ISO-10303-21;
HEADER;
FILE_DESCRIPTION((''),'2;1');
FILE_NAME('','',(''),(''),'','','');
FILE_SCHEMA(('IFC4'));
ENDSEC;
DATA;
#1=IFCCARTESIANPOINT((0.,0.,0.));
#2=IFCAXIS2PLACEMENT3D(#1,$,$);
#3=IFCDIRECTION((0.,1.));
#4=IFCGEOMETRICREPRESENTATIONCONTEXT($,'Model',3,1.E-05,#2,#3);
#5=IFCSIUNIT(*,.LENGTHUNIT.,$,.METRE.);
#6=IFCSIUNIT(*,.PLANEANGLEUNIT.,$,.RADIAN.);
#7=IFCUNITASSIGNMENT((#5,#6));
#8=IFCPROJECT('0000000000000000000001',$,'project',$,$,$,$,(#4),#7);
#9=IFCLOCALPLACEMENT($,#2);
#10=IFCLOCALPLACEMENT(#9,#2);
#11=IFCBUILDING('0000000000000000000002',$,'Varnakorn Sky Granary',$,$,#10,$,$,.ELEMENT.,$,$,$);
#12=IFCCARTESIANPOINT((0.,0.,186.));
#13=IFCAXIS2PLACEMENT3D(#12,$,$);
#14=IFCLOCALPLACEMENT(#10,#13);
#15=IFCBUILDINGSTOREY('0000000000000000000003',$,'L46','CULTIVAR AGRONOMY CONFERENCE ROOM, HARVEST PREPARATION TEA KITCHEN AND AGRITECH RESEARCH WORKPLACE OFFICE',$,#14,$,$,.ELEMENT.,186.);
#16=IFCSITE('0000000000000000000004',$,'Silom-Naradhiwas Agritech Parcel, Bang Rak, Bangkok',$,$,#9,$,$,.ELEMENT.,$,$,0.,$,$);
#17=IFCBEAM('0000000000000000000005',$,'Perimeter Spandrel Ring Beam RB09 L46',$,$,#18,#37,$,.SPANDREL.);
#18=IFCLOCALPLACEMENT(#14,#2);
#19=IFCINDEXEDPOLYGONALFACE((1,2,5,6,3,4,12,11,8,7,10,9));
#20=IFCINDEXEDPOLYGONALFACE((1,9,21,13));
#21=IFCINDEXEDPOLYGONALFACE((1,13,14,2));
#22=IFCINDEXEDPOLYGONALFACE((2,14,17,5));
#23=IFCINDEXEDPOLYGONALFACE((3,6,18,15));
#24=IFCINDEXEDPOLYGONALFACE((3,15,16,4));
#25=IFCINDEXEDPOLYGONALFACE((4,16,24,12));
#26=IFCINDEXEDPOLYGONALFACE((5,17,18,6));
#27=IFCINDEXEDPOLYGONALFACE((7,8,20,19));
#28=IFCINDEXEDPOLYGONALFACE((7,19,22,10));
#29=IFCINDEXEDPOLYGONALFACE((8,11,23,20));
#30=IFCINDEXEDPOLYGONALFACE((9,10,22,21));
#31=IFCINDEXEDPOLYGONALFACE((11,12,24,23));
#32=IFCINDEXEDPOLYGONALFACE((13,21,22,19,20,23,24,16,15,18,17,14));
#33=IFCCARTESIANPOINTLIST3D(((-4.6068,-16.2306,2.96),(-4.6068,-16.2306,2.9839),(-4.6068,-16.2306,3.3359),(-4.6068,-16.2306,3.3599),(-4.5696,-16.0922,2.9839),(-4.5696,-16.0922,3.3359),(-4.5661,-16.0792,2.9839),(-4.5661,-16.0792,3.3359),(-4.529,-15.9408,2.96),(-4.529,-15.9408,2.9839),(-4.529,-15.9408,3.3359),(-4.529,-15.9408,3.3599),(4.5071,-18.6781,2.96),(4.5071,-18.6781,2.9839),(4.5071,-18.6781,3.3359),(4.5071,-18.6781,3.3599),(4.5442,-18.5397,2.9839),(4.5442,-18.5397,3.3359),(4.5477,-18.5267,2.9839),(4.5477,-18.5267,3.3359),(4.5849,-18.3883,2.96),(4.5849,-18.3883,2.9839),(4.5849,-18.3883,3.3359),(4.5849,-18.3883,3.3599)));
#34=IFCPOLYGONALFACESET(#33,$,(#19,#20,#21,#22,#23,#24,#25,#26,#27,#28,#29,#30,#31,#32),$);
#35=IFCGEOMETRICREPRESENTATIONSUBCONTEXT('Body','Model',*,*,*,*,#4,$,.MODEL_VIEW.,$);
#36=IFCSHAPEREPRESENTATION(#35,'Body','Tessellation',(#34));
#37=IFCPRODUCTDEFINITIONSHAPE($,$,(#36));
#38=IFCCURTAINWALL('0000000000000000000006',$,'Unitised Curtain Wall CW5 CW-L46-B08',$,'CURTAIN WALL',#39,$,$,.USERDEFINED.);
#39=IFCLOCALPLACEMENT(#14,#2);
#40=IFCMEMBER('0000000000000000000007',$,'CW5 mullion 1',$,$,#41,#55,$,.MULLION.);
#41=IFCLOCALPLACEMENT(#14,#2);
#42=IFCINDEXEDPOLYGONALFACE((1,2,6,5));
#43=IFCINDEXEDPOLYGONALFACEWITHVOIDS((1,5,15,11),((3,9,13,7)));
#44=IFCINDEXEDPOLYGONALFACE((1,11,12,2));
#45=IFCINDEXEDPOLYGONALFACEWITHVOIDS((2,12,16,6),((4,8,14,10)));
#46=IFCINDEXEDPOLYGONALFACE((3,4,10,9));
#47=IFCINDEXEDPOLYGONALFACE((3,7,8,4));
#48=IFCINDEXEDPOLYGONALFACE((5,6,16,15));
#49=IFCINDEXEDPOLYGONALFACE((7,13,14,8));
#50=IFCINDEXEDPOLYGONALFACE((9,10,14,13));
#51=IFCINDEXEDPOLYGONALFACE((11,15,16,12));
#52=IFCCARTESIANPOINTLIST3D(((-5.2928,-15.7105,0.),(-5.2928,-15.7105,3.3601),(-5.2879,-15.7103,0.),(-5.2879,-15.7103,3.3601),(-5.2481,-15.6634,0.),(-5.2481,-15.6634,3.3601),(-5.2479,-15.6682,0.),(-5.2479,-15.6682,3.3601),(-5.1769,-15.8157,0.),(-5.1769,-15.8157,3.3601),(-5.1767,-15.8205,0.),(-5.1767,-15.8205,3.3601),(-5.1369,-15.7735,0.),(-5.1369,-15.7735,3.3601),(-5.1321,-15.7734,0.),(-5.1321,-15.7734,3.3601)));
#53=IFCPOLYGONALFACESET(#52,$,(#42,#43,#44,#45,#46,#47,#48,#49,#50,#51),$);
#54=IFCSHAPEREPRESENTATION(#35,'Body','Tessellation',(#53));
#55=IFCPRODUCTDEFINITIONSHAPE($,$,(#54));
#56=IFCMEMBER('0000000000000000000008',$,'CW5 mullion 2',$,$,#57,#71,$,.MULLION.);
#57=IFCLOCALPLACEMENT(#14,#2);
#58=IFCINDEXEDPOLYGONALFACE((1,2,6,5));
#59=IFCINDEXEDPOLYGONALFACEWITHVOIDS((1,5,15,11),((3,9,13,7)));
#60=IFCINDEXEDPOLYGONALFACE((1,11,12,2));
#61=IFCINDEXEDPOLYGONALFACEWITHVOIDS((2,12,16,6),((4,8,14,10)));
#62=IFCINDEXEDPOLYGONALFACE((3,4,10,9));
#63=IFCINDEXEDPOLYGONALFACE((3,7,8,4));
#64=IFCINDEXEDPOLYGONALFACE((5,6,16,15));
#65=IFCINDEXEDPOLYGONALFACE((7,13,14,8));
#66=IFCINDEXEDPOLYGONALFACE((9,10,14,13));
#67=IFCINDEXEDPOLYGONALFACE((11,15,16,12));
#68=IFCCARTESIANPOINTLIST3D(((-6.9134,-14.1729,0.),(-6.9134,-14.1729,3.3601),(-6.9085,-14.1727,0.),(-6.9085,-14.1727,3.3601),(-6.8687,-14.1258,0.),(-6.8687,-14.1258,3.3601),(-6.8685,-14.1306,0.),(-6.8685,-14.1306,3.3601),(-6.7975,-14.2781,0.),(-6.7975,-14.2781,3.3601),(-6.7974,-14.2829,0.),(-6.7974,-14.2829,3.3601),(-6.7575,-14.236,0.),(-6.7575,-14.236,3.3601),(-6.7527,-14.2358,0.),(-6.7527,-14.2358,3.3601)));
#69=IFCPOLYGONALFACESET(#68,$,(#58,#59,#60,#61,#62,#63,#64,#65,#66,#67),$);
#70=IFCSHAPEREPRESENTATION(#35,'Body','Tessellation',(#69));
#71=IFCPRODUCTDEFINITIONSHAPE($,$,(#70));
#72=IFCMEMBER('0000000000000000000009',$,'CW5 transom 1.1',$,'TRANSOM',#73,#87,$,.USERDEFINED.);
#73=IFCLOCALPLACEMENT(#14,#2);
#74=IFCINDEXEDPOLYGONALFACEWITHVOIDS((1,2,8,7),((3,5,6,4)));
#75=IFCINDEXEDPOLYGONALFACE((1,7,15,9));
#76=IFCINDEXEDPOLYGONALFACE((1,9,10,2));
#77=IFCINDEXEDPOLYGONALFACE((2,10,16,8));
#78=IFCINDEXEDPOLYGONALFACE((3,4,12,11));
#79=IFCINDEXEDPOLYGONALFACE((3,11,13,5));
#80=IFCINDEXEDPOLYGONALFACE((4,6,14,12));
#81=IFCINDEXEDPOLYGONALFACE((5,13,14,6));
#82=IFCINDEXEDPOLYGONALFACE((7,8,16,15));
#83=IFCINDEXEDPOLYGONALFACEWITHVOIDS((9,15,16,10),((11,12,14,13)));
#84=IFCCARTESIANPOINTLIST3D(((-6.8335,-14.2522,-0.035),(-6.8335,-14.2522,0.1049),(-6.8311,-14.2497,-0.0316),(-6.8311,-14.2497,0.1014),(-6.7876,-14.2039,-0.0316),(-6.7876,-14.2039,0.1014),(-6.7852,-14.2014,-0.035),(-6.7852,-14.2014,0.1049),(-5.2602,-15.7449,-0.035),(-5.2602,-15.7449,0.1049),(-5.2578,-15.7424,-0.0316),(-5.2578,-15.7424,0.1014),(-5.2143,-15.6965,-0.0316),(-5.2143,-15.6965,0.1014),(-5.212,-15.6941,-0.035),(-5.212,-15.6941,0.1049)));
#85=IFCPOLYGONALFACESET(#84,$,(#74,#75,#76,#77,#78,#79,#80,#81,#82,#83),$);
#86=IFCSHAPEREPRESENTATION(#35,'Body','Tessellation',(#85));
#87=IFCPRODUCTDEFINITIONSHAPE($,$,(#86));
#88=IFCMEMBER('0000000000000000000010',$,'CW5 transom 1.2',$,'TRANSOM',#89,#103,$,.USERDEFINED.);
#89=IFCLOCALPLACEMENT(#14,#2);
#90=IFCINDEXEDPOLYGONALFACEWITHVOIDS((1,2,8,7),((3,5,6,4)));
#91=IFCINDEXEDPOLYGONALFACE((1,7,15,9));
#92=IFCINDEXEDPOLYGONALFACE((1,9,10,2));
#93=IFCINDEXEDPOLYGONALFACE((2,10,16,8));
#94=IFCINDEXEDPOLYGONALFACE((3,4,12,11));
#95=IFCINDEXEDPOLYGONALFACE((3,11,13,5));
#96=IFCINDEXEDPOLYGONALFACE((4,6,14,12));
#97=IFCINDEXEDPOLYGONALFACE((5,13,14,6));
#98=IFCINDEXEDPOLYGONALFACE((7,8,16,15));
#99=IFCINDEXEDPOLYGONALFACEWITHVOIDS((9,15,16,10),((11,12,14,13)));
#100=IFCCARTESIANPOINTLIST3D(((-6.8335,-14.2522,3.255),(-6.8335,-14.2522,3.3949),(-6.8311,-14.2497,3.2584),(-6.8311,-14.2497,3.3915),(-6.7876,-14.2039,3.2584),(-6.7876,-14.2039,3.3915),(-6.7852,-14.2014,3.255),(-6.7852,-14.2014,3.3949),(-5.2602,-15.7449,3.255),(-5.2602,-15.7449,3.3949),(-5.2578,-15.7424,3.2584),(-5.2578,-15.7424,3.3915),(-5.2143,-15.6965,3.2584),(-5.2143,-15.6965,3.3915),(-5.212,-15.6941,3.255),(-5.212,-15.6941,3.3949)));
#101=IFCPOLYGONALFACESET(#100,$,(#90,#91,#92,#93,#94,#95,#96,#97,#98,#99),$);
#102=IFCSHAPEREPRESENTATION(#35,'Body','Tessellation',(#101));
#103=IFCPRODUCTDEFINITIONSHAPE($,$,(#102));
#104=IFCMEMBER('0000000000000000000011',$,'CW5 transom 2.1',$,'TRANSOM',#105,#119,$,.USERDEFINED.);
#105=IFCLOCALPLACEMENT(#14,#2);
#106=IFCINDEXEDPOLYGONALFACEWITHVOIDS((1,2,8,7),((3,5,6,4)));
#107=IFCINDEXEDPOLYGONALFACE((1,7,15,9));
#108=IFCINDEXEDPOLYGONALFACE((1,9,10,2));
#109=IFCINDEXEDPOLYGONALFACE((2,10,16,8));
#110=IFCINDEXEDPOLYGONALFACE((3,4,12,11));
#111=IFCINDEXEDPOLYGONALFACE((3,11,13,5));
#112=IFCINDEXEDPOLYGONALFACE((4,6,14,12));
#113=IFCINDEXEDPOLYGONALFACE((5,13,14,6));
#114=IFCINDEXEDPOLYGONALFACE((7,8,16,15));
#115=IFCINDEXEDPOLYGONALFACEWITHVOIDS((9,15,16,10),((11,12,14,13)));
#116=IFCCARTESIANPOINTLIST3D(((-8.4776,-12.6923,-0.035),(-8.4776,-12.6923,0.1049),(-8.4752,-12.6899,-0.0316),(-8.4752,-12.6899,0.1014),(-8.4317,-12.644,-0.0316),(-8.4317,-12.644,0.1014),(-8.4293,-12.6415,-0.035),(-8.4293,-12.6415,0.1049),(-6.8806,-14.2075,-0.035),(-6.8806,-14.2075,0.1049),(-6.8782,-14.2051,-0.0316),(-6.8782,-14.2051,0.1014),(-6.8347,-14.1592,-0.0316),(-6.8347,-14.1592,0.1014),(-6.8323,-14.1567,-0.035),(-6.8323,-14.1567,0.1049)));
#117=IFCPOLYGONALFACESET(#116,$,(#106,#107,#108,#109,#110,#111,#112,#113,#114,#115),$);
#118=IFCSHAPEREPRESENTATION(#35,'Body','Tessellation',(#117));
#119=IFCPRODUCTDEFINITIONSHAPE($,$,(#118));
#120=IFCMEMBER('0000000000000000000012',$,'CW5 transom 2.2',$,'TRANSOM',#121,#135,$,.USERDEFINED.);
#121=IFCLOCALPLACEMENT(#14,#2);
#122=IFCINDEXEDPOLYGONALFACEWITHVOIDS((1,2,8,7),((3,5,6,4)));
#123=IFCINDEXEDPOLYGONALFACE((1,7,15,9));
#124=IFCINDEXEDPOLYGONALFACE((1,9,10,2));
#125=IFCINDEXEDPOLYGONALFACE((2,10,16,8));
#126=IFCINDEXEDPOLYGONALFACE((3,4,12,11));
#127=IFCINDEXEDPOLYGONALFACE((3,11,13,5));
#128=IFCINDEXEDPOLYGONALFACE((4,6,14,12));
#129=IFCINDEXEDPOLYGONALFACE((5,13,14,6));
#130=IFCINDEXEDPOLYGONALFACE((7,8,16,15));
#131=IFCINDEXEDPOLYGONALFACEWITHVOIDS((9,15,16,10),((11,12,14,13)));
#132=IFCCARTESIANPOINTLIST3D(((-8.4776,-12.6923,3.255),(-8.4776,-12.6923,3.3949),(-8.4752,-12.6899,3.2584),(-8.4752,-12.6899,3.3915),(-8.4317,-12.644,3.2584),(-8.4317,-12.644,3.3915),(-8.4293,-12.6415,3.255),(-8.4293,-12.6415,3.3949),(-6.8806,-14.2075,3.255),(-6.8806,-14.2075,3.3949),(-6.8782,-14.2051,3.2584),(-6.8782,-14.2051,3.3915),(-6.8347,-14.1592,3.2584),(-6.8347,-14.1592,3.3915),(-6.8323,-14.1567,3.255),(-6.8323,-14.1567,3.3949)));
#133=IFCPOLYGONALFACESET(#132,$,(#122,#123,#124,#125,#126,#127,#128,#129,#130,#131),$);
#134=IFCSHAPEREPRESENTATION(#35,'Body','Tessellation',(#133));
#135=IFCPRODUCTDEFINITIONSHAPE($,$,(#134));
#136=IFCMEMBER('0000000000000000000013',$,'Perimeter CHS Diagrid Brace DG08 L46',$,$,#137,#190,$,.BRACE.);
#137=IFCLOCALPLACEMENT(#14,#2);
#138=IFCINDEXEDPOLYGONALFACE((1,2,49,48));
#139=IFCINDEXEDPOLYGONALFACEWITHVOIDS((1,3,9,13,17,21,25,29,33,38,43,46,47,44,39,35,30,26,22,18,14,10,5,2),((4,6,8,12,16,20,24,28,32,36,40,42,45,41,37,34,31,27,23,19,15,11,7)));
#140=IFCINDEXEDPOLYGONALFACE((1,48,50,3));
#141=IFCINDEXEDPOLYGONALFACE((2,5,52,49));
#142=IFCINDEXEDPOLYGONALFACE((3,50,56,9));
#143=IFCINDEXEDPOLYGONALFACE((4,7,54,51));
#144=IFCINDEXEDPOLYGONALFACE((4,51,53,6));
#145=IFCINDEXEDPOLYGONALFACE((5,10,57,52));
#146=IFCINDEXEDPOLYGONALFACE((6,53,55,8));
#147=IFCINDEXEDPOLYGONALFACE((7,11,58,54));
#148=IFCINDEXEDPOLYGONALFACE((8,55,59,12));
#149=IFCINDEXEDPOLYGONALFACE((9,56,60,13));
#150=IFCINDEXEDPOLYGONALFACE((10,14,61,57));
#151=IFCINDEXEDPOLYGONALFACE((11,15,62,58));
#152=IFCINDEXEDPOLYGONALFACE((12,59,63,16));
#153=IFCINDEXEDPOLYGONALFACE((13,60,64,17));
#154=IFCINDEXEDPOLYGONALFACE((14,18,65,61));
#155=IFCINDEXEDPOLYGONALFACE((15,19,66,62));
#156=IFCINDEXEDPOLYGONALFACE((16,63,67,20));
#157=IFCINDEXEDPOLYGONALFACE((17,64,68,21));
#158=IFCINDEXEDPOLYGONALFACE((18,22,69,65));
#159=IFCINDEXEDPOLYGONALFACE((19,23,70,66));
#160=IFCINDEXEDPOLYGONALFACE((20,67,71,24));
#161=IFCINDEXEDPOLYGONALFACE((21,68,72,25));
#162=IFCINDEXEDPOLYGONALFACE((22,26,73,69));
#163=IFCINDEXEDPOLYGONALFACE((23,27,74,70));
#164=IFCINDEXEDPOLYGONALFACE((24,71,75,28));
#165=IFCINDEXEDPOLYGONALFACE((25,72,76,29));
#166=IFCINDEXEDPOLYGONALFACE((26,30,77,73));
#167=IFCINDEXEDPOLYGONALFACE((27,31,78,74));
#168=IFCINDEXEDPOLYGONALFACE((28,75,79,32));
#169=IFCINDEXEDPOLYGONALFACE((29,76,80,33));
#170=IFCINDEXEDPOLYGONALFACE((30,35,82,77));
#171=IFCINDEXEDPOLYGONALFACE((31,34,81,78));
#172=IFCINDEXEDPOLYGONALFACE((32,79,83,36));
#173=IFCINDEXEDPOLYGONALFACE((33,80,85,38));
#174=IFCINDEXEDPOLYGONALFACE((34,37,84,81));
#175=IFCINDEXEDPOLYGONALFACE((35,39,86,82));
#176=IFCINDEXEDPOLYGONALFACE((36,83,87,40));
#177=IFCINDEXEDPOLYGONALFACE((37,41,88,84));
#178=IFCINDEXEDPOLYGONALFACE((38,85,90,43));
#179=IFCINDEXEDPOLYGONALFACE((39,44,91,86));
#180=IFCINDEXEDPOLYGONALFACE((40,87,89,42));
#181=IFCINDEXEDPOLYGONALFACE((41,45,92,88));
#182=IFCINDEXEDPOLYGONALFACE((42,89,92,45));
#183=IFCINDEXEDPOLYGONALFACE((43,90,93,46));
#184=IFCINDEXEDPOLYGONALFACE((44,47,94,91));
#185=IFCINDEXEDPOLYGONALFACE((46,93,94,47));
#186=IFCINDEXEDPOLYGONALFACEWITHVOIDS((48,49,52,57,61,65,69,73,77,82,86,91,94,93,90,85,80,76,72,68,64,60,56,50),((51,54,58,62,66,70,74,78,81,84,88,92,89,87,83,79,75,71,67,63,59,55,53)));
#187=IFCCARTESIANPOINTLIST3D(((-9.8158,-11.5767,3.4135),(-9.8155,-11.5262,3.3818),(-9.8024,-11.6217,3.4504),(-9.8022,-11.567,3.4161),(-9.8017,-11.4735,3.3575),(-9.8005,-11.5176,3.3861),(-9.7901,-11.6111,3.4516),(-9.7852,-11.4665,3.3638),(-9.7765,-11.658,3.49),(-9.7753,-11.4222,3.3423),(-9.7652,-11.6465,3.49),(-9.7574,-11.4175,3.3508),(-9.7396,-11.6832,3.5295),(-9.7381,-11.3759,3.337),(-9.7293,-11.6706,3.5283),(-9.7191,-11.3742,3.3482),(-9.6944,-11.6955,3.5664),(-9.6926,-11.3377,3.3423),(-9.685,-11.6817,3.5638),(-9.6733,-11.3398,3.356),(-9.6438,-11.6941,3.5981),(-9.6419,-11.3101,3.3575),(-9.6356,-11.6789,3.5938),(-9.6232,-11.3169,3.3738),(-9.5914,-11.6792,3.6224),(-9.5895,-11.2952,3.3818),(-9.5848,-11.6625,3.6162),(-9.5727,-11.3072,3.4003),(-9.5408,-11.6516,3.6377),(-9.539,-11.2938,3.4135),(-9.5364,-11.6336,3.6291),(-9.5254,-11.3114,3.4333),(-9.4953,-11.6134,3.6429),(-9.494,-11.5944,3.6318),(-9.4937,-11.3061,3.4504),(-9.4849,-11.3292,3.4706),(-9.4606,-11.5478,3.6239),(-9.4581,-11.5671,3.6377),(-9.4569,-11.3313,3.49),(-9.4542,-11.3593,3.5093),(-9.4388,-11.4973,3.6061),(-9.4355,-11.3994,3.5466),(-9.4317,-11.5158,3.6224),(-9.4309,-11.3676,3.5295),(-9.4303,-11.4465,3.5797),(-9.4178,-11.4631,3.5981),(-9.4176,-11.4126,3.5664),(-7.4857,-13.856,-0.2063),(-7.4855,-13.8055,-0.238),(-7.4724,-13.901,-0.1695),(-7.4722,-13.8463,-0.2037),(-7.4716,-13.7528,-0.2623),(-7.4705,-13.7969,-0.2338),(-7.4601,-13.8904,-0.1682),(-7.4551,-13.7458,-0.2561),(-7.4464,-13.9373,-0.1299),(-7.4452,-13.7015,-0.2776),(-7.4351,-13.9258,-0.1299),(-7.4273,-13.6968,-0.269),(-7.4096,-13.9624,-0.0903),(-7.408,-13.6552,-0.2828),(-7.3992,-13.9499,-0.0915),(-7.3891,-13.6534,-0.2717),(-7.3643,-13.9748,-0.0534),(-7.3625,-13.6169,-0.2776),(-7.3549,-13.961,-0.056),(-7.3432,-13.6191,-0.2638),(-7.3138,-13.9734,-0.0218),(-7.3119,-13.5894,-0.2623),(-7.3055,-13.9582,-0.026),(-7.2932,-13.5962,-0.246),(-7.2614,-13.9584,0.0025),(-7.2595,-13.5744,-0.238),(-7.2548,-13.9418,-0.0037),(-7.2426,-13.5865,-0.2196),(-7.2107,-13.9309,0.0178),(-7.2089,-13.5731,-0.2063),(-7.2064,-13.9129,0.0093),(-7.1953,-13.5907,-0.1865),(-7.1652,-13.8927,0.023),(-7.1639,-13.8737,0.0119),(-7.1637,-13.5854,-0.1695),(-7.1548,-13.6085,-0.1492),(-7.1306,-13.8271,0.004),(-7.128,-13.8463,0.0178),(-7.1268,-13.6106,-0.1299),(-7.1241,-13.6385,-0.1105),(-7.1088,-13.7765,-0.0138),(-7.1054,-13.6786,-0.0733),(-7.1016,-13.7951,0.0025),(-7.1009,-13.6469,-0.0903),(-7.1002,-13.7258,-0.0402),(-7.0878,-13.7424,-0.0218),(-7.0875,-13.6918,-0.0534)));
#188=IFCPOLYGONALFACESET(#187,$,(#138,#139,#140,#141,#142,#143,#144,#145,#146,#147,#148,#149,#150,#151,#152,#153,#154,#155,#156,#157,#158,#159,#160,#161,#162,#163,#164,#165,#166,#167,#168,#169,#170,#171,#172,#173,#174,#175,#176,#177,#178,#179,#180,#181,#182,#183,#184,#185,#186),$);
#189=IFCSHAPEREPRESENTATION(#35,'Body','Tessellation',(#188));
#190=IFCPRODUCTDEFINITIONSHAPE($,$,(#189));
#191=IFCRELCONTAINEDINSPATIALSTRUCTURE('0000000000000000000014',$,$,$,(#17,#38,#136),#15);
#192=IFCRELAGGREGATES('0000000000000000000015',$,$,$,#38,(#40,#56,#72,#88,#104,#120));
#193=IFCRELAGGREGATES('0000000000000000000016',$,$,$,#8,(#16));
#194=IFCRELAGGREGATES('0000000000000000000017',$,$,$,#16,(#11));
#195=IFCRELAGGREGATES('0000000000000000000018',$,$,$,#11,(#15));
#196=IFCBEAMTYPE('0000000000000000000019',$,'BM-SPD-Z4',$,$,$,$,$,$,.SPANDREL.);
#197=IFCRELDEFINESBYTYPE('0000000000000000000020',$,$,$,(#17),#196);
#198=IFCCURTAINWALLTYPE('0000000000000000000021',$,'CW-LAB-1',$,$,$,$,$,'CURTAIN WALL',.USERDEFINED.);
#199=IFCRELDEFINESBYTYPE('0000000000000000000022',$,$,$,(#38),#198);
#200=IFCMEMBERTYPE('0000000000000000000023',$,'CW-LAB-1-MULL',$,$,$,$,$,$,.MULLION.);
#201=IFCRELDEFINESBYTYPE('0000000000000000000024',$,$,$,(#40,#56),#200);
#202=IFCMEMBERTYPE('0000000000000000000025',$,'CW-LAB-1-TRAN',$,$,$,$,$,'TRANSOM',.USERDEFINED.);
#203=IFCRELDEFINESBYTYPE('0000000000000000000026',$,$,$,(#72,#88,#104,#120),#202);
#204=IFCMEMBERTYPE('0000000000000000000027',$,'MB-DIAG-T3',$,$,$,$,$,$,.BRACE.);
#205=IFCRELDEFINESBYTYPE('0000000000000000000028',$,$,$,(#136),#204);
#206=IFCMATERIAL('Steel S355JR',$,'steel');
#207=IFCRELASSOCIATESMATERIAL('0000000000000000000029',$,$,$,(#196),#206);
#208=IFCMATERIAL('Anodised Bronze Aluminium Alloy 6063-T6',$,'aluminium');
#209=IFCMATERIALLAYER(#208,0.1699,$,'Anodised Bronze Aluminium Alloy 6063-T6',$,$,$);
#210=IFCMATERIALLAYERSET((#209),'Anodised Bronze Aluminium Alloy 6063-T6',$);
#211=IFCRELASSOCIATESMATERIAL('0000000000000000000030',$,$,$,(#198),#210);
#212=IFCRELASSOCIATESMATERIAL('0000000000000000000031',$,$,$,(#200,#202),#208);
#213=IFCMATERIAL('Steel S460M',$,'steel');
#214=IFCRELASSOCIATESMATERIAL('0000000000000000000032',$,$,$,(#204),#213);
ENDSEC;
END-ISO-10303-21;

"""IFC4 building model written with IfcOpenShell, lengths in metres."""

from ifc_helpers import new_model, si_unit, direction, frame, origin, origin_2d, place, context, subcontext, project, spatial, hollow_rectangle, hollow_circle, i_section, extrude, material, layer, layer_set, material_profile, profile_set, type_object, element, aggregate, save


model = new_model("IFC4")

# Units and contexts
model_context = context("Model", 3, precision=1e-05, world=origin(), true_north=direction((0.0, 1.0)))
body_context = subcontext(model_context, "Body", "Model", "MODEL_VIEW")
ifc_project = project(units=[si_unit("LENGTHUNIT", "METRE"), si_unit("PLANEANGLEUNIT", "RADIAN")], contexts=[model_context])

# Site, building, storey
site_placement = place(None, origin())
site = spatial("IfcSite", under=ifc_project, at=site_placement, Name="Silom-Naradhiwas Agritech Parcel, Bang Rak, Bangkok", CompositionType="ELEMENT", RefElevation=0.0)
building_placement = place(site_placement, origin())
building = spatial("IfcBuilding", under=site, at=building_placement, Name="Varnakorn Sky Granary", CompositionType="ELEMENT")
storey_placement = place(building_placement, frame((0.0, 0.0, 186.0)))
storey = spatial("IfcBuildingStorey", under=building, at=storey_placement, Name="L46", Description="CULTIVAR AGRONOMY CONFERENCE ROOM, HARVEST PREPARATION TEA KITCHEN AND AGRITECH RESEARCH WORKPLACE OFFICE", CompositionType="ELEMENT", Elevation=186.0)

# Shared definitions
ifc_material_1 = material(Name="Steel S460M", Category="steel")

# Beam
ifc_material_2 = material(Name="Steel S355JR", Category="steel")
ifc_material_profile_1 = material_profile(ifc_material_2, i_section(OverallWidth=0.3, OverallDepth=0.3999, WebThickness=0.0134, FlangeThickness=0.0239, at=origin_2d()), Name="HE 400 B")
ifc_profile_set_1 = profile_set([ifc_material_profile_1], Name="Steel S355JR")
beam_type_1 = type_object("IfcBeamType", Name="BM-SPD-Z4", PredefinedType="SPANDREL", material=ifc_profile_set_1)
beam_1_placement = place(storey_placement, frame((-4.5679, -16.0857, 3.1599), z_axis=(0.96578, -0.259361, 0.0), x_axis=(0.259361, 0.96578, 0.0)))
element("IfcBeam", 1, at=beam_1_placement, inside=storey, type_object=beam_type_1, Name="Perimeter Spandrel Ring Beam RB09 L46", PredefinedType="SPANDREL", context=body_context, shape_type="SweptSolid", body=[
    extrude(i_section(OverallWidth=0.3, OverallDepth=0.3999, WebThickness=0.0134, FlangeThickness=0.0239, at=origin_2d()), origin(), (0.0, 0.0, 1.0), 9.4368),
])

# Curtain wall, members
ifc_material_3 = material(Name="Anodised Bronze Aluminium Alloy 6063-T6", Category="aluminium")
ifc_layer_1 = layer(ifc_material_3, 0.1699, Name="Anodised Bronze Aluminium Alloy 6063-T6")
ifc_layer_set_1 = layer_set([ifc_layer_1], Name="Anodised Bronze Aluminium Alloy 6063-T6")
curtain_wall_type = type_object("IfcCurtainWallType", Name="CW-LAB-1", ElementType="CURTAIN WALL", PredefinedType="USERDEFINED", material=ifc_layer_set_1)
curtain_wall_placement = place(storey_placement, origin())
curtain_wall = element("IfcCurtainWall", 2, at=curtain_wall_placement, inside=storey, type_object=curtain_wall_type, Name="Unitised Curtain Wall CW5 CW-L46-B08", ObjectType="CURTAIN WALL", PredefinedType="USERDEFINED")
ifc_material_profile_2 = material_profile(ifc_material_3, hollow_rectangle(XDim=0.0649, YDim=0.1599, WallThickness=0.0034, at=origin_2d()), Name="ALU MULL 65x160")
ifc_profile_set_2 = profile_set([ifc_material_profile_2], Name="Anodised Bronze Aluminium Alloy 6063-T6")
member_type_1 = type_object("IfcMemberType", Name="CW-LAB-1-MULL", PredefinedType="MULLION", material=ifc_profile_set_2)
member_1_placement = place(storey_placement, frame((-5.2124, -15.7419, 0.0), z_axis=(0.0, 0.0, 1.0), x_axis=(-0.688292, -0.725434, 0.0)))
member_1 = element("IfcMember", 3, at=member_1_placement, type_object=member_type_1, Name="CW5 mullion 1", PredefinedType="MULLION", context=body_context, shape_type="SweptSolid", body=[
    extrude(hollow_rectangle(XDim=0.0649, YDim=0.1599, WallThickness=0.0034, at=origin_2d()), origin(), (0.0, 0.0, 1.0), 3.3601),
])
member_2_placement = place(storey_placement, frame((-6.833, -14.2043, 0.0), z_axis=(0.0, 0.0, 1.0), x_axis=(-0.688292, -0.725434, 0.0)))
member_2 = element("IfcMember", 4, at=member_2_placement, type_object=member_type_1, Name="CW5 mullion 2", PredefinedType="MULLION", context=body_context, shape_type="SweptSolid", body=[
    extrude(hollow_rectangle(XDim=0.0649, YDim=0.1599, WallThickness=0.0034, at=origin_2d()), origin(), (0.0, 0.0, 1.0), 3.3601),
])
ifc_material_profile_3 = material_profile(ifc_material_3, hollow_rectangle(XDim=0.0701, YDim=0.1399, WallThickness=0.0034, at=origin_2d()), Name="ALU TRAN 70x140")
ifc_profile_set_3 = profile_set([ifc_material_profile_3], Name="Anodised Bronze Aluminium Alloy 6063-T6")
member_type_2 = type_object("IfcMemberType", Name="CW-LAB-1-TRAN", ElementType="TRANSOM", PredefinedType="USERDEFINED", material=ifc_profile_set_3)
member_3_placement = place(storey_placement, frame((-5.2361, -15.7195, 0.0349), z_axis=(-0.725438, 0.688288, 0.0), x_axis=(-0.688288, -0.725438, 0.0)))
member_3 = element("IfcMember", 5, at=member_3_placement, type_object=member_type_2, Name="CW5 transom 1.1", ObjectType="TRANSOM", PredefinedType="USERDEFINED", context=body_context, shape_type="SweptSolid", body=[
    extrude(hollow_rectangle(XDim=0.0701, YDim=0.1399, WallThickness=0.0034, at=origin_2d()), origin(), (0.0, 0.0, 1.0), 2.1687),
])
member_4_placement = place(storey_placement, frame((-5.2361, -15.7195, 3.325), z_axis=(-0.725438, 0.688288, 0.0), x_axis=(-0.688288, -0.725438, 0.0)))
member_4 = element("IfcMember", 6, at=member_4_placement, type_object=member_type_2, Name="CW5 transom 1.2", ObjectType="TRANSOM", PredefinedType="USERDEFINED", context=body_context, shape_type="SweptSolid", body=[
    extrude(hollow_rectangle(XDim=0.0701, YDim=0.1399, WallThickness=0.0034, at=origin_2d()), origin(), (0.0, 0.0, 1.0), 2.1687),
])
member_5_placement = place(storey_placement, frame((-6.8564, -14.1821, 0.0349), z_axis=(-0.72544, 0.688286, 0.0), x_axis=(-0.688286, -0.72544, 0.0)))
member_5 = element("IfcMember", 7, at=member_5_placement, type_object=member_type_2, Name="CW5 transom 2.1", ObjectType="TRANSOM", PredefinedType="USERDEFINED", context=body_context, shape_type="SweptSolid", body=[
    extrude(hollow_rectangle(XDim=0.0701, YDim=0.1399, WallThickness=0.0034, at=origin_2d()), origin(), (0.0, 0.0, 1.0), 2.2014),
])
member_6_placement = place(storey_placement, frame((-6.8564, -14.1821, 3.325), z_axis=(-0.72544, 0.688286, 0.0), x_axis=(-0.688286, -0.72544, 0.0)))
member_6 = element("IfcMember", 8, at=member_6_placement, type_object=member_type_2, Name="CW5 transom 2.2", ObjectType="TRANSOM", PredefinedType="USERDEFINED", context=body_context, shape_type="SweptSolid", body=[
    extrude(hollow_rectangle(XDim=0.0701, YDim=0.1399, WallThickness=0.0034, at=origin_2d()), origin(), (0.0, 0.0, 1.0), 2.2014),
])

# Member
ifc_material_profile_4 = material_profile(ifc_material_1, hollow_circle(Radius=0.2285, WallThickness=0.0161, at=origin_2d()), Name="CHS 457x16")
ifc_profile_set_4 = profile_set([ifc_material_profile_4], Name="Steel S460M")
member_type_3 = type_object("IfcMemberType", Name="MB-DIAG-T3", PredefinedType="BRACE", material=ifc_profile_set_4)
member_7_placement = place(storey_placement, frame((-7.2866, -13.7739, -0.1299), z_axis=(-0.478344, 0.467919, 0.743127), x_axis=(-0.699274, -0.714854, 0.0)))
element("IfcMember", 9, at=member_7_placement, inside=storey, type_object=member_type_3, Name="Perimeter CHS Diagrid Brace DG08 L46", PredefinedType="BRACE", context=body_context, shape_type="SweptSolid", body=[
    extrude(hollow_circle(Radius=0.2285, WallThickness=0.0161, at=origin_2d()), origin(), (0.0, 0.0, 1.0), 4.8711),
])

aggregate(curtain_wall, [member_1, member_2, member_3, member_4, member_5, member_6])

save(model, "model.ifc")
